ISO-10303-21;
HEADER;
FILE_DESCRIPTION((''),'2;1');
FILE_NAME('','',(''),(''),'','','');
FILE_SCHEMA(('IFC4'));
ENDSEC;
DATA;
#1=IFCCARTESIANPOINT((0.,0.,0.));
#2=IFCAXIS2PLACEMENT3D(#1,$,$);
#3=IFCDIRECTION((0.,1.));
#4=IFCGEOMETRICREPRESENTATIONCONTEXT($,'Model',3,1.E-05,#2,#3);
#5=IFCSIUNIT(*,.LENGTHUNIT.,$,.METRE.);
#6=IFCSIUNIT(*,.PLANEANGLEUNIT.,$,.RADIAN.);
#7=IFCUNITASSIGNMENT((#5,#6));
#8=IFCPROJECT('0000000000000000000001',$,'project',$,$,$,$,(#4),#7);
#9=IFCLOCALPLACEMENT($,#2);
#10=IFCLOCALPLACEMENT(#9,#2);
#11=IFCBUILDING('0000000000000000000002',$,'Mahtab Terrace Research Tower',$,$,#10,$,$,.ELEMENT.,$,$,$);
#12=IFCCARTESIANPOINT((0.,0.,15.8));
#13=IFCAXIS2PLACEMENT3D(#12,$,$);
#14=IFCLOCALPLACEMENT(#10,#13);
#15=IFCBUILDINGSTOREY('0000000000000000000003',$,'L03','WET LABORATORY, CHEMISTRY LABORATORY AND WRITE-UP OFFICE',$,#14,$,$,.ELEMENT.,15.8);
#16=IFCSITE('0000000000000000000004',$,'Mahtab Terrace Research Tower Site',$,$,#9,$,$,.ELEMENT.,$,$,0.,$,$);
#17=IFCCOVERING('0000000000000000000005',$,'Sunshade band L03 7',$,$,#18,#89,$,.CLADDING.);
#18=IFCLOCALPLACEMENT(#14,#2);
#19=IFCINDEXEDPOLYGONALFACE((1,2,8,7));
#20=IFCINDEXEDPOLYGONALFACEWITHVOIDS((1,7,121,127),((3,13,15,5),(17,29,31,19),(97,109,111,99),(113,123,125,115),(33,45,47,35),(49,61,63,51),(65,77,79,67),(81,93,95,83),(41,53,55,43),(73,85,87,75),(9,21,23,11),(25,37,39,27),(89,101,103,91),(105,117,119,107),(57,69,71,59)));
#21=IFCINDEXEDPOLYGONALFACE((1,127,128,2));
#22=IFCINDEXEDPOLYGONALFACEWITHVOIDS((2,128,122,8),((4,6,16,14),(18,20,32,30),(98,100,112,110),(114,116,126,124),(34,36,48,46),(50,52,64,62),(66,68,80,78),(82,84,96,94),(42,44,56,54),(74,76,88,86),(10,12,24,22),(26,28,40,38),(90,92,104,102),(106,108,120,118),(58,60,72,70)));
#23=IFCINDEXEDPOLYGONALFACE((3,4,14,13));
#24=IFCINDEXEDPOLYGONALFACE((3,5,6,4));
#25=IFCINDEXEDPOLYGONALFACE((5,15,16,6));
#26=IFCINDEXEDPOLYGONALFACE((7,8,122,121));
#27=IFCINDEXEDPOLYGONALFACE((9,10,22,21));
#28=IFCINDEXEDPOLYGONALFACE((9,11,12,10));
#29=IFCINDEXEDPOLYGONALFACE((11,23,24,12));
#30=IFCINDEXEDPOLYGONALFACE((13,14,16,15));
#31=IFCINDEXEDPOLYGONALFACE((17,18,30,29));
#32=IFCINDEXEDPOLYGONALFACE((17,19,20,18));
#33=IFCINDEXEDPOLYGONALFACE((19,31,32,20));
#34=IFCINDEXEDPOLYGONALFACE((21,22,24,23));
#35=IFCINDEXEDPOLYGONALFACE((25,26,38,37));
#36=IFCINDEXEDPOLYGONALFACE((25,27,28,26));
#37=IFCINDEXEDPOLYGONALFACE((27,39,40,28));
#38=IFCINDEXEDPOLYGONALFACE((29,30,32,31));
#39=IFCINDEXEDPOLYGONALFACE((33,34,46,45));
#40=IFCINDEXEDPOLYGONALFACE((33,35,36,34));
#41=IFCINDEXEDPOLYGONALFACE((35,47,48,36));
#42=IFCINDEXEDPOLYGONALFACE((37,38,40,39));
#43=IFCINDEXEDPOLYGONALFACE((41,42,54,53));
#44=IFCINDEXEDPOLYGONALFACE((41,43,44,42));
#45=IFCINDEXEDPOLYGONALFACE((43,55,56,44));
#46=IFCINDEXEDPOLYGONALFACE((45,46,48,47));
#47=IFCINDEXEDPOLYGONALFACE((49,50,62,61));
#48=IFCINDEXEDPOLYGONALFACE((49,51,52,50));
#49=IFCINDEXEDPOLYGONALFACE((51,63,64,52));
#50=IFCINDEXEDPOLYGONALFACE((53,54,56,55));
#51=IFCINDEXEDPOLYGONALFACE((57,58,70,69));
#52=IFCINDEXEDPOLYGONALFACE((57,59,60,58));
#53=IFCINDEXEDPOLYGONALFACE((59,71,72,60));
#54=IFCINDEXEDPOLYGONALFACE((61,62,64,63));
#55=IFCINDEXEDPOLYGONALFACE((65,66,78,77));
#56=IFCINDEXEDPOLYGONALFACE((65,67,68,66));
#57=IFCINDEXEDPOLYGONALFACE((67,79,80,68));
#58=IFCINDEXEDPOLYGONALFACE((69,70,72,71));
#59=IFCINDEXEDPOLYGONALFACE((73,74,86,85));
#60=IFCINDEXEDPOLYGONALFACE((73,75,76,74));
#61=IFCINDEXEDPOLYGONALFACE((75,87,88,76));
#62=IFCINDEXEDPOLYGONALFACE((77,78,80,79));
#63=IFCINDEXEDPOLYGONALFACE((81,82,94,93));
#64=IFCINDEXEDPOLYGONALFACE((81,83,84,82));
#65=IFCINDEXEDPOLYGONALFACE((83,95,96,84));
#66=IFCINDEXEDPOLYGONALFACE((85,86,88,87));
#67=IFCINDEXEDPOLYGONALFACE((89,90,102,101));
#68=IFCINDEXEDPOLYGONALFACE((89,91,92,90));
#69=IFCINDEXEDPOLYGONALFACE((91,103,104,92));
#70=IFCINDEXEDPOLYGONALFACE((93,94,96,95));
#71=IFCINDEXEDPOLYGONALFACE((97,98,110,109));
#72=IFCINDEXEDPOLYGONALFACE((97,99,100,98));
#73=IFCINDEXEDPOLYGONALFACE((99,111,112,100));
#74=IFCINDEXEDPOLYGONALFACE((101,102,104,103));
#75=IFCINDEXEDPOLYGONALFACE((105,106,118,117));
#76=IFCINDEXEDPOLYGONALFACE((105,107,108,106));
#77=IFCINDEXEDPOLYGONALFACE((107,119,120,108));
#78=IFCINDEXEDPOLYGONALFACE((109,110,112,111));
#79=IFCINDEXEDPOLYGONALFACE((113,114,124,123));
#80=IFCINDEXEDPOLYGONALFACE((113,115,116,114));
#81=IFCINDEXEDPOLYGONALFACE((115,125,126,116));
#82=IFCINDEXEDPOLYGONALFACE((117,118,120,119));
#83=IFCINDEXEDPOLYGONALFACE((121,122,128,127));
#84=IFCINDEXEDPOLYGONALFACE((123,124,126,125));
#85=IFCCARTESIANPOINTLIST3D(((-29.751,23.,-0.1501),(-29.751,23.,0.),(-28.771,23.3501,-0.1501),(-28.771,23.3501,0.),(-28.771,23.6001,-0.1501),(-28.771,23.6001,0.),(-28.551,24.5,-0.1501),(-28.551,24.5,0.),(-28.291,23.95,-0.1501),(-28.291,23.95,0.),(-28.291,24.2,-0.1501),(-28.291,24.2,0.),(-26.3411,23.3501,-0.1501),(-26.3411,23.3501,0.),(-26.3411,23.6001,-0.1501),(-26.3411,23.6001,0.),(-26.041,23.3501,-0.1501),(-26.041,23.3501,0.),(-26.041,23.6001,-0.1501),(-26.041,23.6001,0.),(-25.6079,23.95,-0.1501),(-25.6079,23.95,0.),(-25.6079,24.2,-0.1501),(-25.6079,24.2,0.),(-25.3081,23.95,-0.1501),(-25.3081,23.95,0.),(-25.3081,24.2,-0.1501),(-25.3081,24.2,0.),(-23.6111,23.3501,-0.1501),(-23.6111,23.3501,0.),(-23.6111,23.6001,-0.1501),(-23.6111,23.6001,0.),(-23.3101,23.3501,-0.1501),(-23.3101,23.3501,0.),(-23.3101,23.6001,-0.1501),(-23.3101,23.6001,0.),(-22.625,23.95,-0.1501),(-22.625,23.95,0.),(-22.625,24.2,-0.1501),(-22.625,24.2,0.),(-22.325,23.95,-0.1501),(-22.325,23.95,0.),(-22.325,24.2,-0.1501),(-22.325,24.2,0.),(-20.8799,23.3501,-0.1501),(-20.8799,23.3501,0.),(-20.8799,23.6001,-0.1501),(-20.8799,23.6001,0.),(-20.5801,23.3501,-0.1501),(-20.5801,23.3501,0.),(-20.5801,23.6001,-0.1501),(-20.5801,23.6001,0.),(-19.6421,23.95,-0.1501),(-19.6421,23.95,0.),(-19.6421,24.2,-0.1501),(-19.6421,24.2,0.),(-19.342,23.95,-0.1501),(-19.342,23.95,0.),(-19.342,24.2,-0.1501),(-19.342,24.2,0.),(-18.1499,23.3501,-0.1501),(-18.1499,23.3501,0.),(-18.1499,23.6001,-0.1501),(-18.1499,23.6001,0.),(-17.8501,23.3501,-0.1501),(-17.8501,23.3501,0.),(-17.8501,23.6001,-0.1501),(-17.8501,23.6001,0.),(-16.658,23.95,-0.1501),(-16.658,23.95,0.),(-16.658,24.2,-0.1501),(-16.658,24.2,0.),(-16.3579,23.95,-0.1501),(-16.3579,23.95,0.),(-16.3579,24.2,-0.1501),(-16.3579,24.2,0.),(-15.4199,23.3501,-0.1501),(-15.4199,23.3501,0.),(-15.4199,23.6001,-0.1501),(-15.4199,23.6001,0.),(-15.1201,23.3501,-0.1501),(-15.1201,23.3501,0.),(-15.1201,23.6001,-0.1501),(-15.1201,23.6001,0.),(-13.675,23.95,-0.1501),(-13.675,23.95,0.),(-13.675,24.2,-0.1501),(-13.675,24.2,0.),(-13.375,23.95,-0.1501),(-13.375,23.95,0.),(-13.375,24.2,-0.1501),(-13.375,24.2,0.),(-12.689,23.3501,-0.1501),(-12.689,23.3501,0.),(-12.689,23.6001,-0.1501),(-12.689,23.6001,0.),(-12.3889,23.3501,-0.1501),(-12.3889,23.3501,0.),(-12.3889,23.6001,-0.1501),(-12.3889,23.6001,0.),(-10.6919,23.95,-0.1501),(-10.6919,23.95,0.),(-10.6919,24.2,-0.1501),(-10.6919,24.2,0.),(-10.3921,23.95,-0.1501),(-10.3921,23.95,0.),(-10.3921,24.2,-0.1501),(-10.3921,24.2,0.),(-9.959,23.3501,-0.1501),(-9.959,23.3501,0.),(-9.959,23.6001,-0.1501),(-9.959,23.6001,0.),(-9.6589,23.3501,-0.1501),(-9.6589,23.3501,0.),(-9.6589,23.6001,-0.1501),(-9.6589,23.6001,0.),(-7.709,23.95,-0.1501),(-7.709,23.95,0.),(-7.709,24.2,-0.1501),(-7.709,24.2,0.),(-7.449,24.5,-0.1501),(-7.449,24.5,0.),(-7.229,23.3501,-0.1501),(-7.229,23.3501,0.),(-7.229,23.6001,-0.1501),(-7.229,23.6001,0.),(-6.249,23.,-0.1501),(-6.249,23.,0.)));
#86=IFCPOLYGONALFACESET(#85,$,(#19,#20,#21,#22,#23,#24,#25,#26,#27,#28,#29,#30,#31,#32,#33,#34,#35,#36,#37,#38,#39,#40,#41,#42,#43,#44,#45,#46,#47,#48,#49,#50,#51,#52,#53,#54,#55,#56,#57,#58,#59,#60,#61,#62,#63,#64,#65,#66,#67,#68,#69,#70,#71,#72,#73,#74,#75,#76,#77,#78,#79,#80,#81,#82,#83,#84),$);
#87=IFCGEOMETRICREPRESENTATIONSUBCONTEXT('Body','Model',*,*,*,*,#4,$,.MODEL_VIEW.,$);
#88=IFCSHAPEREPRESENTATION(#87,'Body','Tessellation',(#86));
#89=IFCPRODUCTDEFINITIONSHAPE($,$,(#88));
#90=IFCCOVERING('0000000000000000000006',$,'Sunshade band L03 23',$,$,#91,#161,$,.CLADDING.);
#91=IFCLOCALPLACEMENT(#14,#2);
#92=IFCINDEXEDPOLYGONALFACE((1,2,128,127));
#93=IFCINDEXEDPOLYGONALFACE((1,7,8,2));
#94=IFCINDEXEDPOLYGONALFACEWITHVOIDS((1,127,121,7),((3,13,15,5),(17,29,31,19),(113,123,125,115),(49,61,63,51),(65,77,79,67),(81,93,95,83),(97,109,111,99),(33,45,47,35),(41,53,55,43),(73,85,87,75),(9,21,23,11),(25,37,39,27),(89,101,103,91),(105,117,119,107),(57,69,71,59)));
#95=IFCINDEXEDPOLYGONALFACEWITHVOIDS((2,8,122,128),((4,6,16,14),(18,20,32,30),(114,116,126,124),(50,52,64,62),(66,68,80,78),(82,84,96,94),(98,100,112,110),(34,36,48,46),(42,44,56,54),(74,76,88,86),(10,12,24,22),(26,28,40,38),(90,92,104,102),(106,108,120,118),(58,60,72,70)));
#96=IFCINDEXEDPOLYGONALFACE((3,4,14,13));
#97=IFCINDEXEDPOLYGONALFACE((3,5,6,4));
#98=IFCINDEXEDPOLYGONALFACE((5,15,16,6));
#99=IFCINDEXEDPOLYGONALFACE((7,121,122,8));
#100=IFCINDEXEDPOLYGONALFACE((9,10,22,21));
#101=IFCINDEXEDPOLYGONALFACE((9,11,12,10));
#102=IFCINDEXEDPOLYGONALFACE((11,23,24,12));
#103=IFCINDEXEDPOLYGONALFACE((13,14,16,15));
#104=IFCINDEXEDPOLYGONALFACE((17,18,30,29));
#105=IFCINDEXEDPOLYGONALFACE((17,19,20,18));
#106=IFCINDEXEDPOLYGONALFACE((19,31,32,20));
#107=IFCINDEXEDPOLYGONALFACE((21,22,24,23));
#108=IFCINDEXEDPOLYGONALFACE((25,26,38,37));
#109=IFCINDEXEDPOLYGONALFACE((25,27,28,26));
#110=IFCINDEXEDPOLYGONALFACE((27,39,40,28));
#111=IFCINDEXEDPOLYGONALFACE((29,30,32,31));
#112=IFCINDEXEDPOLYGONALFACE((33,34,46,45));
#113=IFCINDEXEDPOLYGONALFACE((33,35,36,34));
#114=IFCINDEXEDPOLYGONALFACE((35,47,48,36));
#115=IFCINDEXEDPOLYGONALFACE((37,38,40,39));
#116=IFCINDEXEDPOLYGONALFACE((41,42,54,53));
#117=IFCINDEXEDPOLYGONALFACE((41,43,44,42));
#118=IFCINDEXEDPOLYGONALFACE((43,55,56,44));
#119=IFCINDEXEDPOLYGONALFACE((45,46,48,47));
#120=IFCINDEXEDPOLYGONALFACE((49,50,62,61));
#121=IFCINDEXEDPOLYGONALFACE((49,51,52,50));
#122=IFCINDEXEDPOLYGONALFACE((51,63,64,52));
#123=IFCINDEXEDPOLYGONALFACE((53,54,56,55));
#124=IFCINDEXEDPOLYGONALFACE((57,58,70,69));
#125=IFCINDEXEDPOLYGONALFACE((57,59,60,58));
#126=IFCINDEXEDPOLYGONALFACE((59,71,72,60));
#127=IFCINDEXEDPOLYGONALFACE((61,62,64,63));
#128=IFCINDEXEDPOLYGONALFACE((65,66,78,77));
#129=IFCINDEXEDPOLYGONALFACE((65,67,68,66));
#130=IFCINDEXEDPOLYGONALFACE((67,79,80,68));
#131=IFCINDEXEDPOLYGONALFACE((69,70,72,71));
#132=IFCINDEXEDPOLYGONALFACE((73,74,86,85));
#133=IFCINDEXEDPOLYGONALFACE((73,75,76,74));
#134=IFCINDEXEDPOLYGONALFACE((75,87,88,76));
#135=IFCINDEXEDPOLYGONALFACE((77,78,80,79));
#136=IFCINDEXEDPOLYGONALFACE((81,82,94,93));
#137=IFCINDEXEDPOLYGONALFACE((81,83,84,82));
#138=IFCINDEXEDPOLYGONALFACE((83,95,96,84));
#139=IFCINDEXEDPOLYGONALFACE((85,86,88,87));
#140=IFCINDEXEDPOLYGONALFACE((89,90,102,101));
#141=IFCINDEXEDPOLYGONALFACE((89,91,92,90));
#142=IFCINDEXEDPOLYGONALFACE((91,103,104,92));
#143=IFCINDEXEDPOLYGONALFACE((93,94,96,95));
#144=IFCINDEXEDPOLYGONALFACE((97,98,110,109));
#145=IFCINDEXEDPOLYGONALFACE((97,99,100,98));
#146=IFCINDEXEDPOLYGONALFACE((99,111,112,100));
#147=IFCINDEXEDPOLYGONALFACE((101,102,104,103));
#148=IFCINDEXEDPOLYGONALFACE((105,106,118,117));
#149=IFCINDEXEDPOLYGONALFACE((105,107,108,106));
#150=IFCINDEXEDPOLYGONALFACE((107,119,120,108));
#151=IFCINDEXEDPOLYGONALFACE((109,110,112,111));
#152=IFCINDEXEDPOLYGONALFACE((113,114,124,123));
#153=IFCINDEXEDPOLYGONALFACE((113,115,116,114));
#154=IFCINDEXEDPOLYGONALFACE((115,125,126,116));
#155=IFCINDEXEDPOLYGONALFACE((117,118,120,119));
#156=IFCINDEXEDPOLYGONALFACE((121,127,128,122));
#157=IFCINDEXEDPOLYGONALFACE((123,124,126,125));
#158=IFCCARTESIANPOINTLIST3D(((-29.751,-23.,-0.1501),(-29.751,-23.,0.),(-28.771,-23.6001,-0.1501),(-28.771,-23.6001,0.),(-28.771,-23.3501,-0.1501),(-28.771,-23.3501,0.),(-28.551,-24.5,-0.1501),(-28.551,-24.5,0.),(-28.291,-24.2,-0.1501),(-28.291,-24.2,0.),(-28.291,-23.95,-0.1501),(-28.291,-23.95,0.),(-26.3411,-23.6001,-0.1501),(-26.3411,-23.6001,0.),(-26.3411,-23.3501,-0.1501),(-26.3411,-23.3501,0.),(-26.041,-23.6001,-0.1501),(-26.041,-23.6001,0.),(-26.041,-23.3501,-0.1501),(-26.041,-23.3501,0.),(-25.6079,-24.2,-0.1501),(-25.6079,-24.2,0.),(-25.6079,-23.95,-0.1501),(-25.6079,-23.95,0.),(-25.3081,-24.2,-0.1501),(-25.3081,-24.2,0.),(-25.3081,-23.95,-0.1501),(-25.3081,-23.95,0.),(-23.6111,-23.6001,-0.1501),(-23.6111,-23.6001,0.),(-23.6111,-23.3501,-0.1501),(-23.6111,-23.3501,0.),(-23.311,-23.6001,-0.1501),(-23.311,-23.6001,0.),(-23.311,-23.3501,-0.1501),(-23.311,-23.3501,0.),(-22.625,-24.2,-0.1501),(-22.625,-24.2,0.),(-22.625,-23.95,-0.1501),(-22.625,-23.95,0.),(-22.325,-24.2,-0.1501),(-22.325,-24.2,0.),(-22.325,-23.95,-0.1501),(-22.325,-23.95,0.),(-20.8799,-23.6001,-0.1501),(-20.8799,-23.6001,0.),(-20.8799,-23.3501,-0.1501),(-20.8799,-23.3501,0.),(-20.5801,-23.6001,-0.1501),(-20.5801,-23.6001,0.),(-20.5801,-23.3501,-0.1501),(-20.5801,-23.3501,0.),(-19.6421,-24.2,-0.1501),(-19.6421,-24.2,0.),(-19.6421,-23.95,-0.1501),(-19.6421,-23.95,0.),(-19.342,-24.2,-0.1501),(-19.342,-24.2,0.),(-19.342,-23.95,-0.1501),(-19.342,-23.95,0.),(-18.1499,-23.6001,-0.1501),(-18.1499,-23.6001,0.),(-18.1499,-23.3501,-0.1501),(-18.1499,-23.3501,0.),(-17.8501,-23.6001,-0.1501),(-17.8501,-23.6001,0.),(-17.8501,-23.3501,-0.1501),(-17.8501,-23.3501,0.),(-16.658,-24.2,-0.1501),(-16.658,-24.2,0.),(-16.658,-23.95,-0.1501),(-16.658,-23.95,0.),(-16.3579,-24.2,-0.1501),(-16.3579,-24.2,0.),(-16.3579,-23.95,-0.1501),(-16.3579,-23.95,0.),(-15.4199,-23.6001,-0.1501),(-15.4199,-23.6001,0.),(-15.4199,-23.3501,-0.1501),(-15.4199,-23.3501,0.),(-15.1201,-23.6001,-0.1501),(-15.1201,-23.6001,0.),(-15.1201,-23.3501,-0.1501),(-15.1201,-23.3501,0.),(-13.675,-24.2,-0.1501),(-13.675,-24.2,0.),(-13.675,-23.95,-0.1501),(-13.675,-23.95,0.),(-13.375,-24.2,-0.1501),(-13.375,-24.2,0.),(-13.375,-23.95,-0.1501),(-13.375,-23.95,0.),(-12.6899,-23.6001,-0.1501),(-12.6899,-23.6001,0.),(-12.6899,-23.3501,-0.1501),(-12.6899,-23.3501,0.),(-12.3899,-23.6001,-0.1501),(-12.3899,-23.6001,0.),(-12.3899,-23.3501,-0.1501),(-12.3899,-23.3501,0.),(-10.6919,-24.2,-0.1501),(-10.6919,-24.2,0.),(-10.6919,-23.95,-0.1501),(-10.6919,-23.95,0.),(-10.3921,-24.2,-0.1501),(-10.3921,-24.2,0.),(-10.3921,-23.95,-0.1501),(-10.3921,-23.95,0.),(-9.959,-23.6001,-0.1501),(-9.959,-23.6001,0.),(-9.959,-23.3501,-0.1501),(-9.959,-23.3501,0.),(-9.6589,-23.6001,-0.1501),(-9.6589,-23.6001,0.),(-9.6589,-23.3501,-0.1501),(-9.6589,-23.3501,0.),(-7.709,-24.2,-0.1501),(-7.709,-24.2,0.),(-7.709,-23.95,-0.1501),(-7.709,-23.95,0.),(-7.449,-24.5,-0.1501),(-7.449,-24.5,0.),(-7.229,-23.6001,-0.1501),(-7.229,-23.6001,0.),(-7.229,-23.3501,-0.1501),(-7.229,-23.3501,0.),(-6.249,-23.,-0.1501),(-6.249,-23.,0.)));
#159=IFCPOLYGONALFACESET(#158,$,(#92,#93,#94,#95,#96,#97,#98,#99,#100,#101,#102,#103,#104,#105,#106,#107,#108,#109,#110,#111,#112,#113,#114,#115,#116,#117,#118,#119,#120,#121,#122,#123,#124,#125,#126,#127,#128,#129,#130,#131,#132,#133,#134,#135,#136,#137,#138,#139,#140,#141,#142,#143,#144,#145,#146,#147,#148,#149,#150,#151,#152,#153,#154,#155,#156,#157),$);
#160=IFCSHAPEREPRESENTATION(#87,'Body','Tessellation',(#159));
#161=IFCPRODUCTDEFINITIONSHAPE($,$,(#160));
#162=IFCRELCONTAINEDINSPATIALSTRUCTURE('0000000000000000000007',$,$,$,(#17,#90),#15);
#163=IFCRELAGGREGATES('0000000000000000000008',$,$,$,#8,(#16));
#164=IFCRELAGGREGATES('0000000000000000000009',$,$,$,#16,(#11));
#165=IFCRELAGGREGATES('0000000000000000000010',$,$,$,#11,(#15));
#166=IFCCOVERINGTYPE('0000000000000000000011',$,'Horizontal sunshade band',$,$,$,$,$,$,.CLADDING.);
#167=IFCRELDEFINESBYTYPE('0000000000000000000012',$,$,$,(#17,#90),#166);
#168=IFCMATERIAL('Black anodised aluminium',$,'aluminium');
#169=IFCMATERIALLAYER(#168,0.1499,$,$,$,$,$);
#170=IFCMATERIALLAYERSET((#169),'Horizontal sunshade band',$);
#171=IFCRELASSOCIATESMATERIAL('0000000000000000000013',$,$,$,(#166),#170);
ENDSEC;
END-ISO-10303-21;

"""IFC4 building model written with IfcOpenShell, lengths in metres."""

from ifc_helpers import new_model, si_unit, direction, frame, origin, place, context, subcontext, project, spatial, polyline, outline, extrude, material, layer, layer_set, type_object, element, save


model = new_model("IFC4")

# Units and contexts
model_context = context("Model", 3, precision=1e-05, world=origin(), true_north=direction((0.0, 1.0)))
body_context = subcontext(model_context, "Body", "Model", "MODEL_VIEW")
ifc_project = project(units=[si_unit("LENGTHUNIT", "METRE"), si_unit("PLANEANGLEUNIT", "RADIAN")], contexts=[model_context])

# Site, building, storey
site_placement = place(None, origin())
site = spatial("IfcSite", under=ifc_project, at=site_placement, Name="Mahtab Terrace Research Tower Site", CompositionType="ELEMENT", RefElevation=0.0)
building_placement = place(site_placement, origin())
building = spatial("IfcBuilding", under=site, at=building_placement, Name="Mahtab Terrace Research Tower", CompositionType="ELEMENT")
storey_placement = place(building_placement, frame((0.0, 0.0, 15.8)))
storey = spatial("IfcBuildingStorey", under=building, at=storey_placement, Name="L03", Description="WET LABORATORY, CHEMISTRY LABORATORY AND WRITE-UP OFFICE", CompositionType="ELEMENT", Elevation=15.8)

# Coverings
ifc_material_1 = material(Name="Black anodised aluminium", Category="aluminium")
ifc_layer_1 = layer(ifc_material_1, 0.1499)
ifc_layer_set_1 = layer_set([ifc_layer_1], Name="Horizontal sunshade band")
covering_type = type_object("IfcCoveringType", Name="Horizontal sunshade band", PredefinedType="CLADDING", material=ifc_layer_set_1)
covering_1_placement = place(storey_placement, frame((0.0, 0.0, -0.1501)))
element("IfcCovering", 1, at=covering_1_placement, inside=storey, type_object=covering_type, Name="Sunshade band L03 7", PredefinedType="CLADDING", context=body_context, shape_type="SweptSolid", body=[
    extrude(outline(polyline([(-6.249, 23.0), (-29.751, 23.0), (-28.551, 24.5), (-7.449, 24.5), (-6.249, 23.0)]), holes=[polyline([(-7.229, 23.3501), (-9.6589, 23.3501), (-9.6589, 23.6001), (-7.229, 23.6001), (-7.229, 23.3501)]), polyline([(-9.959, 23.3501), (-12.3889, 23.3501), (-12.3889, 23.6001), (-9.959, 23.6001), (-9.959, 23.3501)]), polyline([(-12.689, 23.3501), (-15.1201, 23.3501), (-15.1201, 23.6001), (-12.689, 23.6001), (-12.689, 23.3501)]), polyline([(-15.4199, 23.3501), (-17.8501, 23.3501), (-17.8501, 23.6001), (-15.4199, 23.6001), (-15.4199, 23.3501)]), polyline([(-18.1499, 23.3501), (-20.5801, 23.3501), (-20.5801, 23.6001), (-18.1499, 23.6001), (-18.1499, 23.3501)]), polyline([(-20.8799, 23.3501), (-23.3101, 23.3501), (-23.3101, 23.6001), (-20.8799, 23.6001), (-20.8799, 23.3501)]), polyline([(-23.6111, 23.3501), (-26.041, 23.3501), (-26.041, 23.6001), (-23.6111, 23.6001), (-23.6111, 23.3501)]), polyline([(-26.3411, 23.3501), (-28.771, 23.3501), (-28.771, 23.6001), (-26.3411, 23.6001), (-26.3411, 23.3501)]), polyline([(-7.709, 23.95), (-10.3921, 23.95), (-10.3921, 24.2), (-7.709, 24.2), (-7.709, 23.95)]), polyline([(-10.6919, 23.95), (-13.375, 23.95), (-13.375, 24.2), (-10.6919, 24.2), (-10.6919, 23.95)]), polyline([(-13.675, 23.95), (-16.3579, 23.95), (-16.3579, 24.2), (-13.675, 24.2), (-13.675, 23.95)]), polyline([(-16.658, 23.95), (-19.342, 23.95), (-19.342, 24.2), (-16.658, 24.2), (-16.658, 23.95)]), polyline([(-19.6421, 23.95), (-22.325, 23.95), (-22.325, 24.2), (-19.6421, 24.2), (-19.6421, 23.95)]), polyline([(-22.625, 23.95), (-25.3081, 23.95), (-25.3081, 24.2), (-22.625, 24.2), (-22.625, 23.95)]), polyline([(-25.6079, 23.95), (-28.291, 23.95), (-28.291, 24.2), (-25.6079, 24.2), (-25.6079, 23.95)])]), origin(), (0.0, 0.0, 1.0), 0.1501),
])
covering_2_placement = place(storey_placement, frame((0.0, 0.0, -0.1501)))
element("IfcCovering", 2, at=covering_2_placement, inside=storey, type_object=covering_type, Name="Sunshade band L03 23", PredefinedType="CLADDING", context=body_context, shape_type="SweptSolid", body=[
    extrude(outline(polyline([(-29.751, -23.0), (-6.249, -23.0), (-7.449, -24.5), (-28.551, -24.5), (-29.751, -23.0)]), holes=[polyline([(-28.771, -23.3501), (-26.3411, -23.3501), (-26.3411, -23.6001), (-28.771, -23.6001), (-28.771, -23.3501)]), polyline([(-26.041, -23.3501), (-23.6111, -23.3501), (-23.6111, -23.6001), (-26.041, -23.6001), (-26.041, -23.3501)]), polyline([(-23.311, -23.3501), (-20.8799, -23.3501), (-20.8799, -23.6001), (-23.311, -23.6001), (-23.311, -23.3501)]), polyline([(-20.5801, -23.3501), (-18.1499, -23.3501), (-18.1499, -23.6001), (-20.5801, -23.6001), (-20.5801, -23.3501)]), polyline([(-17.8501, -23.3501), (-15.4199, -23.3501), (-15.4199, -23.6001), (-17.8501, -23.6001), (-17.8501, -23.3501)]), polyline([(-15.1201, -23.3501), (-12.6899, -23.3501), (-12.6899, -23.6001), (-15.1201, -23.6001), (-15.1201, -23.3501)]), polyline([(-12.3899, -23.3501), (-9.959, -23.3501), (-9.959, -23.6001), (-12.3899, -23.6001), (-12.3899, -23.3501)]), polyline([(-9.6589, -23.3501), (-7.229, -23.3501), (-7.229, -23.6001), (-9.6589, -23.6001), (-9.6589, -23.3501)]), polyline([(-28.291, -23.95), (-25.6079, -23.95), (-25.6079, -24.2), (-28.291, -24.2), (-28.291, -23.95)]), polyline([(-25.3081, -23.95), (-22.625, -23.95), (-22.625, -24.2), (-25.3081, -24.2), (-25.3081, -23.95)]), polyline([(-22.325, -23.95), (-19.6421, -23.95), (-19.6421, -24.2), (-22.325, -24.2), (-22.325, -23.95)]), polyline([(-19.342, -23.95), (-16.658, -23.95), (-16.658, -24.2), (-19.342, -24.2), (-19.342, -23.95)]), polyline([(-16.3579, -23.95), (-13.675, -23.95), (-13.675, -24.2), (-16.3579, -24.2), (-16.3579, -23.95)]), polyline([(-13.375, -23.95), (-10.6919, -23.95), (-10.6919, -24.2), (-13.375, -24.2), (-13.375, -23.95)]), polyline([(-10.3921, -23.95), (-7.709, -23.95), (-7.709, -24.2), (-10.3921, -24.2), (-10.3921, -23.95)])]), origin(), (0.0, 0.0, 1.0), 0.1501),
])

save(model, "model.ifc")
